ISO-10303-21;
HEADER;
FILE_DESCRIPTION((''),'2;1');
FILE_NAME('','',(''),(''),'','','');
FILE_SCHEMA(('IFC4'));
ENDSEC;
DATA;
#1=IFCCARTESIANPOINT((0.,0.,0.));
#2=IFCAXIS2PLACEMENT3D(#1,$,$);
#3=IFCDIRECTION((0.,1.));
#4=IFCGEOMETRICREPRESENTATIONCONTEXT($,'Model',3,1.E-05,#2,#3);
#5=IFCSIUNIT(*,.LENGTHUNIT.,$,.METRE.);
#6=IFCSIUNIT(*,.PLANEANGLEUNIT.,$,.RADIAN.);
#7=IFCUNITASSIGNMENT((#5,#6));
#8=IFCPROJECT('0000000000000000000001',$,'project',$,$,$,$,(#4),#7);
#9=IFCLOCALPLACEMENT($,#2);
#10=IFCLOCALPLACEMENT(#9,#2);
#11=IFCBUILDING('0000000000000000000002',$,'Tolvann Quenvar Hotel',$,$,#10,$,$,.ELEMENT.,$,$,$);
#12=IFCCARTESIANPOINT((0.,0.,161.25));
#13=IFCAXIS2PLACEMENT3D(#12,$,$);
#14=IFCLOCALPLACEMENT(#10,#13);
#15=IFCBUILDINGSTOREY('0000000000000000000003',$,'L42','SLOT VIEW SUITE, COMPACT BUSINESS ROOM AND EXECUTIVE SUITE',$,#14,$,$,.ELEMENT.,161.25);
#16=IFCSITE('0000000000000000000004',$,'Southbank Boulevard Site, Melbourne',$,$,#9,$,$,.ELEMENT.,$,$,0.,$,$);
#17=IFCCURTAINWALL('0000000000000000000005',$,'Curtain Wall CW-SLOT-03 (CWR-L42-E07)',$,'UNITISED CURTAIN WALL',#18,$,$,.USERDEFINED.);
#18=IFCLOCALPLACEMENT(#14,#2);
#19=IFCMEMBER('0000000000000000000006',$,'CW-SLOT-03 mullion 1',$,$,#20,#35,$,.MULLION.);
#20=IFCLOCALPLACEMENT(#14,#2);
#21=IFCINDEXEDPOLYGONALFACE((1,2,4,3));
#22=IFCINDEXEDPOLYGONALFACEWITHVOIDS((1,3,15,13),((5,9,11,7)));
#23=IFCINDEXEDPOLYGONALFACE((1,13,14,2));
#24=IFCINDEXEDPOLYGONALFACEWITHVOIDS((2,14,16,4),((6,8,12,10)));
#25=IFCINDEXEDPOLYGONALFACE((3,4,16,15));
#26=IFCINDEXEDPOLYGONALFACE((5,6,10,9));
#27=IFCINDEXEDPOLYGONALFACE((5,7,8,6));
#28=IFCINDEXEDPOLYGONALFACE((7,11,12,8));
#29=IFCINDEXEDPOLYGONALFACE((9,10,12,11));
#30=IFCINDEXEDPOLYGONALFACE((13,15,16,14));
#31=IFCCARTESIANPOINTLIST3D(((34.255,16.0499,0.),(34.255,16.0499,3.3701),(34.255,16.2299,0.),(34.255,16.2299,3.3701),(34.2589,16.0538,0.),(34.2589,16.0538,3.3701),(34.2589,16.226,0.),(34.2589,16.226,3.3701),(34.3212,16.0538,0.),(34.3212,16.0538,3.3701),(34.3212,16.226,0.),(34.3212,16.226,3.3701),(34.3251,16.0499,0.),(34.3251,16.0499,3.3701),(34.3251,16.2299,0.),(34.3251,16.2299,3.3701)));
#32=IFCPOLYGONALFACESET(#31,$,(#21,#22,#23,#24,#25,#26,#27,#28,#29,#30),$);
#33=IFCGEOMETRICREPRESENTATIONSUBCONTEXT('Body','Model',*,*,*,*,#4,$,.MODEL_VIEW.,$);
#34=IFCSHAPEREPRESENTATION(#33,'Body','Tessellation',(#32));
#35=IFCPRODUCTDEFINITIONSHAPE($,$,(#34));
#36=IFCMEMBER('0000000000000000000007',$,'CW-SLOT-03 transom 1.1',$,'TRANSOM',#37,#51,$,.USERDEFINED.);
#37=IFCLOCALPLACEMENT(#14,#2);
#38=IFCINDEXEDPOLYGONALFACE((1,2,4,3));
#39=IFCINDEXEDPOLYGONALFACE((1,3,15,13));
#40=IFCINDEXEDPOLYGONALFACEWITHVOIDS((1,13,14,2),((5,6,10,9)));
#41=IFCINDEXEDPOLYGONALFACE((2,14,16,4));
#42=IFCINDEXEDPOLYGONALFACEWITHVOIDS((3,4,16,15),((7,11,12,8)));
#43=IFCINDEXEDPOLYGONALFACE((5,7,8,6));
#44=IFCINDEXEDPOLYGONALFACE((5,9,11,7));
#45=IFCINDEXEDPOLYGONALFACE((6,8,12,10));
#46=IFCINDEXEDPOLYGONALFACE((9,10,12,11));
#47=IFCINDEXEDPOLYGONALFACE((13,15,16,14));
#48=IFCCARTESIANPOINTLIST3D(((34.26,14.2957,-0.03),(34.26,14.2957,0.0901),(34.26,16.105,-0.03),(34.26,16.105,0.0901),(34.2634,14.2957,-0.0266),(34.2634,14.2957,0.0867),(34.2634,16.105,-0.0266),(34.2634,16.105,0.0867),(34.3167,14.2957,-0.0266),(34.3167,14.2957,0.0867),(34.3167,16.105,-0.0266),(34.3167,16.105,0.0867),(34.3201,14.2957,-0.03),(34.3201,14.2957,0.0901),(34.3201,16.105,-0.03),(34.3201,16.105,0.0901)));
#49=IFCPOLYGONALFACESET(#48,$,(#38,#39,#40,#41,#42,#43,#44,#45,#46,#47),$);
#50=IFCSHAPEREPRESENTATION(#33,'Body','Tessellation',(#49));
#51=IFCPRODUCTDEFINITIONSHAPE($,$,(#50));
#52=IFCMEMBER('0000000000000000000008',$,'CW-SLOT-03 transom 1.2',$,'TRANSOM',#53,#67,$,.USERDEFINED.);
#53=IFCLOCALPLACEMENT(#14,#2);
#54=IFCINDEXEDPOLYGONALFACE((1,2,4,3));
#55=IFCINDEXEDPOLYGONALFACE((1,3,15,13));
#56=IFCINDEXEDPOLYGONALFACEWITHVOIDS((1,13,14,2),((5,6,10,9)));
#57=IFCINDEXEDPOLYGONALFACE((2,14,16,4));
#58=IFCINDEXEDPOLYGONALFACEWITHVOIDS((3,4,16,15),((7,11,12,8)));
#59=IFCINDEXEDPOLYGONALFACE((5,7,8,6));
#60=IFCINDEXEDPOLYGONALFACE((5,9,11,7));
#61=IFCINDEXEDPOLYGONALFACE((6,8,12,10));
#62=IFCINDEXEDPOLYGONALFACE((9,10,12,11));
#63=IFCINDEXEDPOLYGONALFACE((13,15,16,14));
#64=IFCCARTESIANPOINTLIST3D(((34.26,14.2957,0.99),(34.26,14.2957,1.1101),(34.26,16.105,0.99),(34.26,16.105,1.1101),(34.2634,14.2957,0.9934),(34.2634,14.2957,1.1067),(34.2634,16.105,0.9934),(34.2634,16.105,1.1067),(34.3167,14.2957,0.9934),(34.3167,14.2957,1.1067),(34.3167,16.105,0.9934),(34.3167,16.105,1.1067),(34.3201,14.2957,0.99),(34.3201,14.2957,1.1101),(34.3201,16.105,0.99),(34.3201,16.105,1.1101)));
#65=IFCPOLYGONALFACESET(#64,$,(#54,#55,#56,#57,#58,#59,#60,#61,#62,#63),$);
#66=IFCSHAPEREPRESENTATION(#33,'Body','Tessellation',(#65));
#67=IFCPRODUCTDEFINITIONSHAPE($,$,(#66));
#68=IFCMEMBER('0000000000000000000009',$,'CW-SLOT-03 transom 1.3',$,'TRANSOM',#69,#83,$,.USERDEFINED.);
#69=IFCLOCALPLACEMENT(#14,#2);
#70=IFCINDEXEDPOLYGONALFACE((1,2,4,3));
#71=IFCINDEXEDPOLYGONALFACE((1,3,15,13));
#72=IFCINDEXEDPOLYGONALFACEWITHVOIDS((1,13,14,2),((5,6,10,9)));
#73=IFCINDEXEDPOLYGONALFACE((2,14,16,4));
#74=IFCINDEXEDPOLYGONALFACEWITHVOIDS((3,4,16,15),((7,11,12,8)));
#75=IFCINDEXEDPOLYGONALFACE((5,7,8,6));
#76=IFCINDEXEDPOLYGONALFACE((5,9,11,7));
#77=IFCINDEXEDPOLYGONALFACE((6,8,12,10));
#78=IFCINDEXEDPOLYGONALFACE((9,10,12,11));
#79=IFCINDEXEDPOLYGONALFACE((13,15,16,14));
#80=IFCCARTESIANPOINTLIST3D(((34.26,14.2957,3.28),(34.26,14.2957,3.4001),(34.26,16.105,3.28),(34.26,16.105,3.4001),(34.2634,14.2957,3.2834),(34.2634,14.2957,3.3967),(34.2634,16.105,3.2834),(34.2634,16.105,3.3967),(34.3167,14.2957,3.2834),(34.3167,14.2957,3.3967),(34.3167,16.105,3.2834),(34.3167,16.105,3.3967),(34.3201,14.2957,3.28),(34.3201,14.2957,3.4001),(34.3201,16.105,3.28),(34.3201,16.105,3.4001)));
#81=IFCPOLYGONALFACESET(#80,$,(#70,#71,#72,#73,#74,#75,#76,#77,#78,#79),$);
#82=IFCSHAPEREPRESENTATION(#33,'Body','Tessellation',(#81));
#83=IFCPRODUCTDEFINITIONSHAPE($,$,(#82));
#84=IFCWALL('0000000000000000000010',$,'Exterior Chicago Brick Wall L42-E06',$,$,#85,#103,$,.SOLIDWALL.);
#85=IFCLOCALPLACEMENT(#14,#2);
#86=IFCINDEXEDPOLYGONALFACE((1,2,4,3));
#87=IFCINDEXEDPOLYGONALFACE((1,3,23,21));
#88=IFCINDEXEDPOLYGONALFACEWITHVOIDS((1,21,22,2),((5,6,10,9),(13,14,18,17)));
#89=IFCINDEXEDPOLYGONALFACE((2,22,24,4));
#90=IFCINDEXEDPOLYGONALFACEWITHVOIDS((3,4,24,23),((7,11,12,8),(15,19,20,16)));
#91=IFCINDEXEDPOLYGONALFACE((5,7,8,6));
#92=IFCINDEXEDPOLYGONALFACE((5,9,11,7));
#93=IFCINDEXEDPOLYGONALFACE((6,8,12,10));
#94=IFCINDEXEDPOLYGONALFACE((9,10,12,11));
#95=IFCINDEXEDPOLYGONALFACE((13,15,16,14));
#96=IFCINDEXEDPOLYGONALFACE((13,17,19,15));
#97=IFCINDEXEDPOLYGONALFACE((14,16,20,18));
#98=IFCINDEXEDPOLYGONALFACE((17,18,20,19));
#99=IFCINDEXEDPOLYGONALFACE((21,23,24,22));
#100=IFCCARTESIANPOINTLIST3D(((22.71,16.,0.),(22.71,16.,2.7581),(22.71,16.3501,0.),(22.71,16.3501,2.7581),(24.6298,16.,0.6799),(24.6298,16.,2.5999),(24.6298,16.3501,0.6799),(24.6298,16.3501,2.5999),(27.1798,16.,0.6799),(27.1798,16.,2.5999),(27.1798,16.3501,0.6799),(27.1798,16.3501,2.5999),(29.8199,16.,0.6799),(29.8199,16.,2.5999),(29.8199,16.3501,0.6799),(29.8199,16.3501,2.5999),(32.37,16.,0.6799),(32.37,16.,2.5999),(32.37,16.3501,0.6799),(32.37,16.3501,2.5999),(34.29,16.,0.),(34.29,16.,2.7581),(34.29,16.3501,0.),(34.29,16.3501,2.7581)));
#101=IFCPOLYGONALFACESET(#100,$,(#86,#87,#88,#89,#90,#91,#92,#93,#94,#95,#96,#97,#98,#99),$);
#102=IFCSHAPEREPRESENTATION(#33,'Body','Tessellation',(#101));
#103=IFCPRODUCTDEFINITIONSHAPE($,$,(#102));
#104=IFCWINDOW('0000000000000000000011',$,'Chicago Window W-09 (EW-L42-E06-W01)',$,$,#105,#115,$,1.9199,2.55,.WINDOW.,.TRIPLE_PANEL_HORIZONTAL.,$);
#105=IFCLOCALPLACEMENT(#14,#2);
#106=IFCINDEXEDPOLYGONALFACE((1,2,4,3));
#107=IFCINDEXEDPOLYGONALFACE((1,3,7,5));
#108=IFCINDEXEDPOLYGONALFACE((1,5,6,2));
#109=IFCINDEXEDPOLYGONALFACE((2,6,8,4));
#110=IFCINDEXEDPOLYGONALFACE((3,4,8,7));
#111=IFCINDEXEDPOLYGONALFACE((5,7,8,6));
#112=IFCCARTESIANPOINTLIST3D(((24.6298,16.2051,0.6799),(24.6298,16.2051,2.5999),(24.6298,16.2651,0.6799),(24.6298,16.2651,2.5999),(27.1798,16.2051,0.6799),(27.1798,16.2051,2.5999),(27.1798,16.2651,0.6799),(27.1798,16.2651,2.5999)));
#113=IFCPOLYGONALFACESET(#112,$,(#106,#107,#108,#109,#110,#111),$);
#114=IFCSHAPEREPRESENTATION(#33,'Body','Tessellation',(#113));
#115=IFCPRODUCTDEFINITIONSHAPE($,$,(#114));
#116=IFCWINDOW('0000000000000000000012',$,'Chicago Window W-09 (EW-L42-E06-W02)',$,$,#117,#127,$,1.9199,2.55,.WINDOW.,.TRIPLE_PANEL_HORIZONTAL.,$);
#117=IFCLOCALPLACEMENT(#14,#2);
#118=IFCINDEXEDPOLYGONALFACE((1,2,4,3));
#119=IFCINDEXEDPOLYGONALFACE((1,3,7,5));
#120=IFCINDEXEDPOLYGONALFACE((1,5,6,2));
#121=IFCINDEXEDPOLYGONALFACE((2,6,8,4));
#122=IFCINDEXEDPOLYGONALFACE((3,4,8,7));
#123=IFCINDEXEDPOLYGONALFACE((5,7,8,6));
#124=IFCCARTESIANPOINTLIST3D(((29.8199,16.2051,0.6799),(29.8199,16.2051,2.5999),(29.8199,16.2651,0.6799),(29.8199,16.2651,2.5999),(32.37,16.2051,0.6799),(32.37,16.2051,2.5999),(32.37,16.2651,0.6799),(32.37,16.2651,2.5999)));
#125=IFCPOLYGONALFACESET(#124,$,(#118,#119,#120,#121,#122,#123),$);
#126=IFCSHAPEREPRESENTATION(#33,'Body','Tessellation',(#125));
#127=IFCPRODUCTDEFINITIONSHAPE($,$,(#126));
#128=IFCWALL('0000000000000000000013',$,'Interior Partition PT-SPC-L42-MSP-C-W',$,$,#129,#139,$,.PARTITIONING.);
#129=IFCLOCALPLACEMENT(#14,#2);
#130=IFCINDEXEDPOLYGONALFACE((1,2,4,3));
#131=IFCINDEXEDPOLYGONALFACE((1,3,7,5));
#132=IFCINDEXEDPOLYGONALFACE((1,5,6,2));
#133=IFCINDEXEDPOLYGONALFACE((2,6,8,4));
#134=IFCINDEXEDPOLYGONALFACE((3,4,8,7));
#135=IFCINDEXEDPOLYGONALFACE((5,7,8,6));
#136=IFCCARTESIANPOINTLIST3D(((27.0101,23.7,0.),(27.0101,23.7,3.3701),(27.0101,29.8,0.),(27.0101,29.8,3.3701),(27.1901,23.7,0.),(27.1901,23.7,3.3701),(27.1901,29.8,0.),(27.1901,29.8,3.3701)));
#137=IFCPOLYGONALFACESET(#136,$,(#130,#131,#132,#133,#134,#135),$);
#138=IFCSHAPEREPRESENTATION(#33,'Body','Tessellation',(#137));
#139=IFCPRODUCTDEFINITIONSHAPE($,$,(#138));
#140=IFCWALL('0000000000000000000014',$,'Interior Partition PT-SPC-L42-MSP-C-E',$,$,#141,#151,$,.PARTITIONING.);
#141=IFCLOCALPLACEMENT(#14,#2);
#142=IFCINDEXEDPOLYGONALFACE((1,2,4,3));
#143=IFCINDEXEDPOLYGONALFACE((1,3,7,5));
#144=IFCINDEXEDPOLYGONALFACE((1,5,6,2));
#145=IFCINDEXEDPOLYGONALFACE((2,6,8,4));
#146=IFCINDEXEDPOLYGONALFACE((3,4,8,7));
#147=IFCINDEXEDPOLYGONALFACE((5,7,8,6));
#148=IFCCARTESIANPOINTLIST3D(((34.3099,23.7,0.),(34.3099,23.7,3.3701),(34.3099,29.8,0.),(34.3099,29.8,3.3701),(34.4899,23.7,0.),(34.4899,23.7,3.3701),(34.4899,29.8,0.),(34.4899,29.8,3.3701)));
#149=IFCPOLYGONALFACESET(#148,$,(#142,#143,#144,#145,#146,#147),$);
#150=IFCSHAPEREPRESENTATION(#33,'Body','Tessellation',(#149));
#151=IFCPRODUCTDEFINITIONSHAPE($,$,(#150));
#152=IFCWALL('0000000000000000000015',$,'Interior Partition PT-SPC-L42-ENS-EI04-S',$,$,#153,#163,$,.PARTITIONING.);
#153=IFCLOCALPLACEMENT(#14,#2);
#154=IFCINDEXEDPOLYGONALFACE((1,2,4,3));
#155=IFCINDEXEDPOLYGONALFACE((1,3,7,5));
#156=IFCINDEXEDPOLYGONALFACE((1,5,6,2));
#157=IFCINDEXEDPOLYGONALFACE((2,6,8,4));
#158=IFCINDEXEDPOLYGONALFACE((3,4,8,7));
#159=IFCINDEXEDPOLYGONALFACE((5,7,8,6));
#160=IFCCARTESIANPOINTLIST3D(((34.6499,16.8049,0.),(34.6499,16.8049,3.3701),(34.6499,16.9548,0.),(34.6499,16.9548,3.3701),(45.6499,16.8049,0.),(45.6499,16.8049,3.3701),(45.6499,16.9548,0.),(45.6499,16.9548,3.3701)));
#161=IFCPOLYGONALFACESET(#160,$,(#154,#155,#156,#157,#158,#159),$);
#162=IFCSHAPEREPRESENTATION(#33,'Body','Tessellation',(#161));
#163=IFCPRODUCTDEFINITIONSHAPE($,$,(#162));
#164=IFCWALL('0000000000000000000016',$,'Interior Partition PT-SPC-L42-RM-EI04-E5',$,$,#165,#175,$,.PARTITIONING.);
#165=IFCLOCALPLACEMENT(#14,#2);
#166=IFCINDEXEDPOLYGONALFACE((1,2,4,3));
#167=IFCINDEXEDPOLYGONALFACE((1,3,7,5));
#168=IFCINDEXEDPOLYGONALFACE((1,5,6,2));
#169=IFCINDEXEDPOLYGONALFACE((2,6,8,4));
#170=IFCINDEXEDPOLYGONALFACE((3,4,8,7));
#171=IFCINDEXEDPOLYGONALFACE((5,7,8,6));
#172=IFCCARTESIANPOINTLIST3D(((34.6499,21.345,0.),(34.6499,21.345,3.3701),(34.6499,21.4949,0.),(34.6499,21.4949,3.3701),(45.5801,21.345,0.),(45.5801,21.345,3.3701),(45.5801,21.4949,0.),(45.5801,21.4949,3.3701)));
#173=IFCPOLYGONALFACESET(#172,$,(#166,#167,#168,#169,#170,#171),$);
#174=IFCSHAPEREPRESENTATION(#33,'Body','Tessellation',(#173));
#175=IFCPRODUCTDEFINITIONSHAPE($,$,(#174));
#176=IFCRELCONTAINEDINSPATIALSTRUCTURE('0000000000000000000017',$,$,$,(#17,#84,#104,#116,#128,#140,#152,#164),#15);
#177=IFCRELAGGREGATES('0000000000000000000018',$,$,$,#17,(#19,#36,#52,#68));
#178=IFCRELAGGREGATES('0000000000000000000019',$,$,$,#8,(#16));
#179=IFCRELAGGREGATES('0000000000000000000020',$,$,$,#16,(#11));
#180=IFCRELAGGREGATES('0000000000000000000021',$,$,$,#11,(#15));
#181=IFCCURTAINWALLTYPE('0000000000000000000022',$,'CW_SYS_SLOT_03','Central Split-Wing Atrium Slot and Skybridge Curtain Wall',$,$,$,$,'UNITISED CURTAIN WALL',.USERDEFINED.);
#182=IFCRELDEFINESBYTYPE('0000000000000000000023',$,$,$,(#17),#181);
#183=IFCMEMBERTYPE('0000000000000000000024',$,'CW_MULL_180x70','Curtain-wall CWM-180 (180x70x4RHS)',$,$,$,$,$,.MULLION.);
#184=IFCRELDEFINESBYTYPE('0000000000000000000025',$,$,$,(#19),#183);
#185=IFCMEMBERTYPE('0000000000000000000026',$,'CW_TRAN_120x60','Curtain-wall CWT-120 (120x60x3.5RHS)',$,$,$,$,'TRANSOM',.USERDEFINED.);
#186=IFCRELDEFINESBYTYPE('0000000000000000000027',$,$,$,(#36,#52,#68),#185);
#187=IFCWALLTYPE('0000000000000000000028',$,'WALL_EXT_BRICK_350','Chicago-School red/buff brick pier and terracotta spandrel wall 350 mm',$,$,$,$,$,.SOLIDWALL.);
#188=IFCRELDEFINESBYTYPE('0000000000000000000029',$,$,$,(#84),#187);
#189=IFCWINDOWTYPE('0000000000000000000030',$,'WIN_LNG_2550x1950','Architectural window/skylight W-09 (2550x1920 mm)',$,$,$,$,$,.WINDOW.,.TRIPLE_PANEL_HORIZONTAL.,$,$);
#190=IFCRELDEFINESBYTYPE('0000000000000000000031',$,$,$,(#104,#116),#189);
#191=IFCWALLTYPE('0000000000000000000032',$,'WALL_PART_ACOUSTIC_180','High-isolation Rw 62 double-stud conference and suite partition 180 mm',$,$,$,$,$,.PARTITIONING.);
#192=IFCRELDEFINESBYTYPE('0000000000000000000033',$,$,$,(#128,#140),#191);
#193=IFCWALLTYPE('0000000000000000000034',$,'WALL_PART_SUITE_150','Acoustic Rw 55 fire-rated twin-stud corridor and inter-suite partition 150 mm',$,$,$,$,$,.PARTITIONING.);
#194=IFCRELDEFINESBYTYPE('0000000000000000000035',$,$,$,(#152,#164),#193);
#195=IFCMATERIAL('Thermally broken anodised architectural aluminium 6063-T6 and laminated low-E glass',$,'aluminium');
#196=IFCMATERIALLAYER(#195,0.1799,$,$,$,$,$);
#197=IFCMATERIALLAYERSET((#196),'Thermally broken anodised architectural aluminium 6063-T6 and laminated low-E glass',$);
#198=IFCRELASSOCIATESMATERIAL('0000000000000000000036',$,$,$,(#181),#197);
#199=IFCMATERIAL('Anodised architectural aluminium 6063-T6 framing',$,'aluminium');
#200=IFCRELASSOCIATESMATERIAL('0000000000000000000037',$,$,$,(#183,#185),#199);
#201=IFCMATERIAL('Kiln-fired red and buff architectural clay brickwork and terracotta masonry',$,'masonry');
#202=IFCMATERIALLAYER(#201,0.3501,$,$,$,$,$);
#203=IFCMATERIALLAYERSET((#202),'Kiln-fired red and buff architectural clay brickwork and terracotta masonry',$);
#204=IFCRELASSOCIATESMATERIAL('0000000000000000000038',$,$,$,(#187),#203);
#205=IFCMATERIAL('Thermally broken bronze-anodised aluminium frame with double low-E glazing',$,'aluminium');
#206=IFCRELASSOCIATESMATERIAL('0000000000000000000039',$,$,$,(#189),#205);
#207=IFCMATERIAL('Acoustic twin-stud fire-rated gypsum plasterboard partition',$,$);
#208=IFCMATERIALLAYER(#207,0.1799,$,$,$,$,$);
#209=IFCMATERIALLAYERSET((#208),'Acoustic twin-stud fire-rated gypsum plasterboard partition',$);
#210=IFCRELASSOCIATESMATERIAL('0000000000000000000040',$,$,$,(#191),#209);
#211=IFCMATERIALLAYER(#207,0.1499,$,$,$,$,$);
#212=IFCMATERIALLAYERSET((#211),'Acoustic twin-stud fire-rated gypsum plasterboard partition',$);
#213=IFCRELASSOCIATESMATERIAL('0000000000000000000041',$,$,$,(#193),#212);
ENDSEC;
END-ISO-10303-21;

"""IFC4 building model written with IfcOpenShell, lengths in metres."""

from ifc_helpers import new_model, si_unit, direction, frame, frame_2d, origin, origin_2d, place, context, subcontext, project, spatial, rectangle, hollow_rectangle, extrude, source, transform, mapped, material, layer, layer_set, material_profile, profile_set, type_object, type_shapes, element, fill, aggregate, save


model = new_model("IFC4")

# Units and contexts
model_context = context("Model", 3, precision=1e-05, world=origin(), true_north=direction((0.0, 1.0)))
body_context = subcontext(model_context, "Body", "Model", "MODEL_VIEW")
ifc_project = project(units=[si_unit("LENGTHUNIT", "METRE"), si_unit("PLANEANGLEUNIT", "RADIAN")], contexts=[model_context])

# Site, building, storey
site_placement = place(None, origin())
site = spatial("IfcSite", under=ifc_project, at=site_placement, Name="Southbank Boulevard Site, Melbourne", CompositionType="ELEMENT", RefElevation=0.0)
building_placement = place(site_placement, origin())
building = spatial("IfcBuilding", under=site, at=building_placement, Name="Tolvann Quenvar Hotel", CompositionType="ELEMENT")
storey_placement = place(building_placement, frame((0.0, 0.0, 161.25)))
storey = spatial("IfcBuildingStorey", under=building, at=storey_placement, Name="L42", Description="SLOT VIEW SUITE, COMPACT BUSINESS ROOM AND EXECUTIVE SUITE", CompositionType="ELEMENT", Elevation=161.25)

# Curtain wall, members
ifc_material_1 = material(Name="Thermally broken anodised architectural aluminium 6063-T6 and laminated low-E glass", Category="aluminium")
ifc_layer_1 = layer(ifc_material_1, 0.1799)
ifc_layer_set_1 = layer_set([ifc_layer_1], Name="Thermally broken anodised architectural aluminium 6063-T6 and laminated low-E glass")
curtain_wall_type = type_object("IfcCurtainWallType", Name="CW_SYS_SLOT_03", Description="Central Split-Wing Atrium Slot and Skybridge Curtain Wall", ElementType="UNITISED CURTAIN WALL", PredefinedType="USERDEFINED", material=ifc_layer_set_1)
curtain_wall_placement = place(storey_placement, origin())
curtain_wall = element("IfcCurtainWall", 1, at=curtain_wall_placement, inside=storey, type_object=curtain_wall_type, Name="Curtain Wall CW-SLOT-03 (CWR-L42-E07)", ObjectType="UNITISED CURTAIN WALL", PredefinedType="USERDEFINED")
ifc_material_2 = material(Name="Anodised architectural aluminium 6063-T6 framing", Category="aluminium")
ifc_material_profile_1 = material_profile(ifc_material_2, hollow_rectangle(XDim=0.0701, YDim=0.1799, WallThickness=0.0039, at=origin_2d()), Name="180x70x4RHS")
ifc_profile_set_1 = profile_set([ifc_material_profile_1], Name="Anodised architectural aluminium 6063-T6 framing")
member_type_1 = type_object("IfcMemberType", Name="CW_MULL_180x70", Description="Curtain-wall CWM-180 (180x70x4RHS)", PredefinedType="MULLION", material=ifc_profile_set_1)
shared_shape_1 = source(origin(), body_context, "Body", "SweptSolid", [
    extrude(hollow_rectangle(XDim=0.0701, YDim=0.1799, WallThickness=0.0039, at=origin_2d()), origin(), (0.0, 0.0, 1.0), 3.3701),
])
type_shapes(member_type_1, [shared_shape_1])
member_1_placement = place(storey_placement, frame((34.29, 16.1399, 0.0), z_axis=(0.0, 0.0, 1.0), x_axis=(1.0, 0.0, 0.0)))
member_1 = element("IfcMember", 2, at=member_1_placement, type_object=member_type_1, Name="CW-SLOT-03 mullion 1", PredefinedType="MULLION", context=body_context, shape_type="MappedRepresentation", body=[
    mapped(shared_shape_1, transform((0.0, 0.0, 0.0), x_axis=(1.0, 0.0, 0.0), y_axis=(0.0, 1.0, 0.0), z_axis=(0.0, 0.0, 1.0), scale=1.0)),
])
ifc_material_profile_2 = material_profile(ifc_material_2, hollow_rectangle(XDim=0.0601, YDim=0.1201, WallThickness=0.0034, at=origin_2d()), Name="120x60x3.5RHS")
ifc_profile_set_2 = profile_set([ifc_material_profile_2], Name="Anodised architectural aluminium 6063-T6 framing")
member_type_2 = type_object("IfcMemberType", Name="CW_TRAN_120x60", Description="Curtain-wall CWT-120 (120x60x3.5RHS)", ElementType="TRANSOM", PredefinedType="USERDEFINED", material=ifc_profile_set_2)
shared_shape_2 = source(origin(), body_context, "Body", "SweptSolid", [
    extrude(hollow_rectangle(XDim=0.0601, YDim=0.1201, WallThickness=0.0034, at=origin_2d()), origin(), (0.0, 0.0, 1.0), 1.8093),
])
type_shapes(member_type_2, [shared_shape_2])
member_2_placement = place(storey_placement, frame((34.29, 16.105, 0.03), z_axis=(0.0, -1.0, 0.0), x_axis=(1.0, 0.0, 0.0)))
member_2 = element("IfcMember", 3, at=member_2_placement, type_object=member_type_2, Name="CW-SLOT-03 transom 1.1", ObjectType="TRANSOM", PredefinedType="USERDEFINED", context=body_context, shape_type="MappedRepresentation", body=[
    mapped(shared_shape_2, transform((0.0, 0.0, 0.0), x_axis=(1.0, 0.0, 0.0), y_axis=(0.0, 1.0, 0.0), z_axis=(0.0, 0.0, 1.0), scale=1.0)),
])
member_3_placement = place(storey_placement, frame((34.29, 16.105, 1.05), z_axis=(0.0, -1.0, 0.0), x_axis=(1.0, 0.0, 0.0)))
member_3 = element("IfcMember", 4, at=member_3_placement, type_object=member_type_2, Name="CW-SLOT-03 transom 1.2", ObjectType="TRANSOM", PredefinedType="USERDEFINED", context=body_context, shape_type="MappedRepresentation", body=[
    mapped(shared_shape_2, transform((0.0, 0.0, 0.0), x_axis=(1.0, 0.0, 0.0), y_axis=(0.0, 1.0, 0.0), z_axis=(0.0, 0.0, 1.0), scale=1.0)),
])
member_4_placement = place(storey_placement, frame((34.29, 16.105, 3.3401), z_axis=(0.0, -1.0, 0.0), x_axis=(1.0, 0.0, 0.0)))
member_4 = element("IfcMember", 5, at=member_4_placement, type_object=member_type_2, Name="CW-SLOT-03 transom 1.3", ObjectType="TRANSOM", PredefinedType="USERDEFINED", context=body_context, shape_type="MappedRepresentation", body=[
    mapped(shared_shape_2, transform((0.0, 0.0, 0.0), x_axis=(1.0, 0.0, 0.0), y_axis=(0.0, 1.0, 0.0), z_axis=(0.0, 0.0, 1.0), scale=1.0)),
])
aggregate(curtain_wall, [member_1, member_2, member_3, member_4])

# Wall, openings, windows
ifc_material_3 = material(Name="Kiln-fired red and buff architectural clay brickwork and terracotta masonry", Category="masonry")
ifc_layer_2 = layer(ifc_material_3, 0.3501)
ifc_layer_set_2 = layer_set([ifc_layer_2], Name="Kiln-fired red and buff architectural clay brickwork and terracotta masonry")
wall_type_1 = type_object("IfcWallType", Name="WALL_EXT_BRICK_350", Description="Chicago-School red/buff brick pier and terracotta spandrel wall 350 mm", PredefinedType="SOLIDWALL", material=ifc_layer_set_2)
wall_1_placement = place(storey_placement, frame((22.71, 16.175, 0.0), z_axis=(0.0, 0.0, 1.0), x_axis=(1.0, 0.0, 0.0)))
wall_1 = element("IfcWall", 6, at=wall_1_placement, inside=storey, type_object=wall_type_1, Name="Exterior Chicago Brick Wall L42-E06", PredefinedType="SOLIDWALL", context=body_context, shape_type="SweptSolid", body=[
    extrude(rectangle(XDim=11.5801, YDim=0.3501, at=frame_2d((5.79, 0.0))), origin(), (0.0, 0.0, 1.0), 2.7581),
])
opening_1_placement = place(wall_1_placement, frame((1.9199, 0.0, 0.6799)))
opening_1 = element("IfcOpeningElement", 7, at=opening_1_placement, cuts=wall_1, PredefinedType="OPENING", context=body_context, shape_type="SweptSolid", body=[
    extrude(rectangle(XDim=2.55, YDim=1.9199, at=frame_2d((1.2749, 0.96))), frame((0.0, 0.1851, 0.0), z_axis=(0.0, -1.0, 0.0), x_axis=(1.0, 0.0, 0.0)), (0.0, 0.0, 1.0), 0.3701),
])
opening_2_placement = place(wall_1_placement, frame((7.1101, 0.0, 0.6799)))
opening_2 = element("IfcOpeningElement", 8, at=opening_2_placement, cuts=wall_1, PredefinedType="OPENING", context=body_context, shape_type="SweptSolid", body=[
    extrude(rectangle(XDim=2.55, YDim=1.9199, at=frame_2d((1.2749, 0.96))), frame((0.0, 0.1851, 0.0), z_axis=(0.0, -1.0, 0.0), x_axis=(1.0, 0.0, 0.0)), (0.0, 0.0, 1.0), 0.3701),
])
ifc_material_4 = material(Name="Thermally broken bronze-anodised aluminium frame with double low-E glazing", Category="aluminium")
window_type = type_object("IfcWindowType", Name="WIN_LNG_2550x1950", Description="Architectural window/skylight W-09 (2550x1920 mm)", PartitioningType="TRIPLE_PANEL_HORIZONTAL", PredefinedType="WINDOW", material=ifc_material_4)
shared_shape_3 = source(origin(), body_context, "Body", "SweptSolid", [
    extrude(rectangle(XDim=2.55, YDim=1.9199, at=frame_2d((1.2749, 0.96))), frame((0.0, 0.0901, 0.0), z_axis=(0.0, -1.0, 0.0), x_axis=(1.0, 0.0, 0.0)), (0.0, 0.0, 1.0), 0.0601),
])
type_shapes(window_type, [shared_shape_3])
window_1_placement = place(opening_1_placement, origin())
window_1 = element("IfcWindow", 9, at=window_1_placement, inside=storey, type_object=window_type, Name="Chicago Window W-09 (EW-L42-E06-W01)", OverallHeight=1.9199, OverallWidth=2.55, PartitioningType="TRIPLE_PANEL_HORIZONTAL", PredefinedType="WINDOW", context=body_context, shape_type="MappedRepresentation", body=[
    mapped(shared_shape_3, transform((0.0, 0.0, 0.0), x_axis=(1.0, 0.0, 0.0), y_axis=(0.0, 1.0, 0.0), z_axis=(0.0, 0.0, 1.0), scale=1.0)),
])
fill(opening_1, window_1)
window_2_placement = place(opening_2_placement, origin())
window_2 = element("IfcWindow", 10, at=window_2_placement, inside=storey, type_object=window_type, Name="Chicago Window W-09 (EW-L42-E06-W02)", OverallHeight=1.9199, OverallWidth=2.55, PartitioningType="TRIPLE_PANEL_HORIZONTAL", PredefinedType="WINDOW", context=body_context, shape_type="MappedRepresentation", body=[
    mapped(shared_shape_3, transform((0.0, 0.0, 0.0), x_axis=(1.0, 0.0, 0.0), y_axis=(0.0, 1.0, 0.0), z_axis=(0.0, 0.0, 1.0), scale=1.0)),
])
fill(opening_2, window_2)

# Shared definitions
ifc_material_5 = material(Name="Acoustic twin-stud fire-rated gypsum plasterboard partition")
ifc_layer_3 = layer(ifc_material_5, 0.1799)
ifc_layer_set_3 = layer_set([ifc_layer_3], Name="Acoustic twin-stud fire-rated gypsum plasterboard partition")
wall_type_2 = type_object("IfcWallType", Name="WALL_PART_ACOUSTIC_180", Description="High-isolation Rw 62 double-stud conference and suite partition 180 mm", PredefinedType="PARTITIONING", material=ifc_layer_set_3)

# Walls
for number, where, z_axis, x_axis, name in (
    (11, (27.1001, 23.7, 0.0), (0.0, 0.0, 1.0), (0.0, 1.0, 0.0), "Interior Partition PT-SPC-L42-MSP-C-W"),
    (12, (34.3999, 23.7, 0.0), (0.0, 0.0, 1.0), (0.0, 1.0, 0.0), "Interior Partition PT-SPC-L42-MSP-C-E"),
):
    element("IfcWall", number, at=place(storey_placement, frame(where, z_axis=z_axis, x_axis=x_axis)), inside=storey, type_object=wall_type_2, Name=name, PredefinedType="PARTITIONING", context=body_context, shape_type="SweptSolid", body=[
        extrude(rectangle(XDim=6.1001, YDim=0.1799, at=frame_2d((3.05, 0.0))), origin(), (0.0, 0.0, 1.0), 3.3701),
    ])
ifc_layer_4 = layer(ifc_material_5, 0.1499)
ifc_layer_set_4 = layer_set([ifc_layer_4], Name="Acoustic twin-stud fire-rated gypsum plasterboard partition")
wall_type_3 = type_object("IfcWallType", Name="WALL_PART_SUITE_150", Description="Acoustic Rw 55 fire-rated twin-stud corridor and inter-suite partition 150 mm", PredefinedType="PARTITIONING", material=ifc_layer_set_4)
wall_2_placement = place(storey_placement, frame((34.6499, 16.8799, 0.0), z_axis=(0.0, 0.0, 1.0), x_axis=(1.0, 0.0, 0.0)))
element("IfcWall", 13, at=wall_2_placement, inside=storey, type_object=wall_type_3, Name="Interior Partition PT-SPC-L42-ENS-EI04-S", PredefinedType="PARTITIONING", context=body_context, shape_type="SweptSolid", body=[
    extrude(rectangle(XDim=11.0, YDim=0.1499, at=frame_2d((5.5, 0.0))), origin(), (0.0, 0.0, 1.0), 3.3701),
])
wall_3_placement = place(storey_placement, frame((34.6499, 21.4199, 0.0), z_axis=(0.0, 0.0, 1.0), x_axis=(1.0, 0.0, 0.0)))
element("IfcWall", 14, at=wall_3_placement, inside=storey, type_object=wall_type_3, Name="Interior Partition PT-SPC-L42-RM-EI04-E5", PredefinedType="PARTITIONING", context=body_context, shape_type="SweptSolid", body=[
    extrude(rectangle(XDim=10.9302, YDim=0.1499, at=frame_2d((5.4651, 0.0))), origin(), (0.0, 0.0, 1.0), 3.3701),
])

save(model, "model.ifc")
